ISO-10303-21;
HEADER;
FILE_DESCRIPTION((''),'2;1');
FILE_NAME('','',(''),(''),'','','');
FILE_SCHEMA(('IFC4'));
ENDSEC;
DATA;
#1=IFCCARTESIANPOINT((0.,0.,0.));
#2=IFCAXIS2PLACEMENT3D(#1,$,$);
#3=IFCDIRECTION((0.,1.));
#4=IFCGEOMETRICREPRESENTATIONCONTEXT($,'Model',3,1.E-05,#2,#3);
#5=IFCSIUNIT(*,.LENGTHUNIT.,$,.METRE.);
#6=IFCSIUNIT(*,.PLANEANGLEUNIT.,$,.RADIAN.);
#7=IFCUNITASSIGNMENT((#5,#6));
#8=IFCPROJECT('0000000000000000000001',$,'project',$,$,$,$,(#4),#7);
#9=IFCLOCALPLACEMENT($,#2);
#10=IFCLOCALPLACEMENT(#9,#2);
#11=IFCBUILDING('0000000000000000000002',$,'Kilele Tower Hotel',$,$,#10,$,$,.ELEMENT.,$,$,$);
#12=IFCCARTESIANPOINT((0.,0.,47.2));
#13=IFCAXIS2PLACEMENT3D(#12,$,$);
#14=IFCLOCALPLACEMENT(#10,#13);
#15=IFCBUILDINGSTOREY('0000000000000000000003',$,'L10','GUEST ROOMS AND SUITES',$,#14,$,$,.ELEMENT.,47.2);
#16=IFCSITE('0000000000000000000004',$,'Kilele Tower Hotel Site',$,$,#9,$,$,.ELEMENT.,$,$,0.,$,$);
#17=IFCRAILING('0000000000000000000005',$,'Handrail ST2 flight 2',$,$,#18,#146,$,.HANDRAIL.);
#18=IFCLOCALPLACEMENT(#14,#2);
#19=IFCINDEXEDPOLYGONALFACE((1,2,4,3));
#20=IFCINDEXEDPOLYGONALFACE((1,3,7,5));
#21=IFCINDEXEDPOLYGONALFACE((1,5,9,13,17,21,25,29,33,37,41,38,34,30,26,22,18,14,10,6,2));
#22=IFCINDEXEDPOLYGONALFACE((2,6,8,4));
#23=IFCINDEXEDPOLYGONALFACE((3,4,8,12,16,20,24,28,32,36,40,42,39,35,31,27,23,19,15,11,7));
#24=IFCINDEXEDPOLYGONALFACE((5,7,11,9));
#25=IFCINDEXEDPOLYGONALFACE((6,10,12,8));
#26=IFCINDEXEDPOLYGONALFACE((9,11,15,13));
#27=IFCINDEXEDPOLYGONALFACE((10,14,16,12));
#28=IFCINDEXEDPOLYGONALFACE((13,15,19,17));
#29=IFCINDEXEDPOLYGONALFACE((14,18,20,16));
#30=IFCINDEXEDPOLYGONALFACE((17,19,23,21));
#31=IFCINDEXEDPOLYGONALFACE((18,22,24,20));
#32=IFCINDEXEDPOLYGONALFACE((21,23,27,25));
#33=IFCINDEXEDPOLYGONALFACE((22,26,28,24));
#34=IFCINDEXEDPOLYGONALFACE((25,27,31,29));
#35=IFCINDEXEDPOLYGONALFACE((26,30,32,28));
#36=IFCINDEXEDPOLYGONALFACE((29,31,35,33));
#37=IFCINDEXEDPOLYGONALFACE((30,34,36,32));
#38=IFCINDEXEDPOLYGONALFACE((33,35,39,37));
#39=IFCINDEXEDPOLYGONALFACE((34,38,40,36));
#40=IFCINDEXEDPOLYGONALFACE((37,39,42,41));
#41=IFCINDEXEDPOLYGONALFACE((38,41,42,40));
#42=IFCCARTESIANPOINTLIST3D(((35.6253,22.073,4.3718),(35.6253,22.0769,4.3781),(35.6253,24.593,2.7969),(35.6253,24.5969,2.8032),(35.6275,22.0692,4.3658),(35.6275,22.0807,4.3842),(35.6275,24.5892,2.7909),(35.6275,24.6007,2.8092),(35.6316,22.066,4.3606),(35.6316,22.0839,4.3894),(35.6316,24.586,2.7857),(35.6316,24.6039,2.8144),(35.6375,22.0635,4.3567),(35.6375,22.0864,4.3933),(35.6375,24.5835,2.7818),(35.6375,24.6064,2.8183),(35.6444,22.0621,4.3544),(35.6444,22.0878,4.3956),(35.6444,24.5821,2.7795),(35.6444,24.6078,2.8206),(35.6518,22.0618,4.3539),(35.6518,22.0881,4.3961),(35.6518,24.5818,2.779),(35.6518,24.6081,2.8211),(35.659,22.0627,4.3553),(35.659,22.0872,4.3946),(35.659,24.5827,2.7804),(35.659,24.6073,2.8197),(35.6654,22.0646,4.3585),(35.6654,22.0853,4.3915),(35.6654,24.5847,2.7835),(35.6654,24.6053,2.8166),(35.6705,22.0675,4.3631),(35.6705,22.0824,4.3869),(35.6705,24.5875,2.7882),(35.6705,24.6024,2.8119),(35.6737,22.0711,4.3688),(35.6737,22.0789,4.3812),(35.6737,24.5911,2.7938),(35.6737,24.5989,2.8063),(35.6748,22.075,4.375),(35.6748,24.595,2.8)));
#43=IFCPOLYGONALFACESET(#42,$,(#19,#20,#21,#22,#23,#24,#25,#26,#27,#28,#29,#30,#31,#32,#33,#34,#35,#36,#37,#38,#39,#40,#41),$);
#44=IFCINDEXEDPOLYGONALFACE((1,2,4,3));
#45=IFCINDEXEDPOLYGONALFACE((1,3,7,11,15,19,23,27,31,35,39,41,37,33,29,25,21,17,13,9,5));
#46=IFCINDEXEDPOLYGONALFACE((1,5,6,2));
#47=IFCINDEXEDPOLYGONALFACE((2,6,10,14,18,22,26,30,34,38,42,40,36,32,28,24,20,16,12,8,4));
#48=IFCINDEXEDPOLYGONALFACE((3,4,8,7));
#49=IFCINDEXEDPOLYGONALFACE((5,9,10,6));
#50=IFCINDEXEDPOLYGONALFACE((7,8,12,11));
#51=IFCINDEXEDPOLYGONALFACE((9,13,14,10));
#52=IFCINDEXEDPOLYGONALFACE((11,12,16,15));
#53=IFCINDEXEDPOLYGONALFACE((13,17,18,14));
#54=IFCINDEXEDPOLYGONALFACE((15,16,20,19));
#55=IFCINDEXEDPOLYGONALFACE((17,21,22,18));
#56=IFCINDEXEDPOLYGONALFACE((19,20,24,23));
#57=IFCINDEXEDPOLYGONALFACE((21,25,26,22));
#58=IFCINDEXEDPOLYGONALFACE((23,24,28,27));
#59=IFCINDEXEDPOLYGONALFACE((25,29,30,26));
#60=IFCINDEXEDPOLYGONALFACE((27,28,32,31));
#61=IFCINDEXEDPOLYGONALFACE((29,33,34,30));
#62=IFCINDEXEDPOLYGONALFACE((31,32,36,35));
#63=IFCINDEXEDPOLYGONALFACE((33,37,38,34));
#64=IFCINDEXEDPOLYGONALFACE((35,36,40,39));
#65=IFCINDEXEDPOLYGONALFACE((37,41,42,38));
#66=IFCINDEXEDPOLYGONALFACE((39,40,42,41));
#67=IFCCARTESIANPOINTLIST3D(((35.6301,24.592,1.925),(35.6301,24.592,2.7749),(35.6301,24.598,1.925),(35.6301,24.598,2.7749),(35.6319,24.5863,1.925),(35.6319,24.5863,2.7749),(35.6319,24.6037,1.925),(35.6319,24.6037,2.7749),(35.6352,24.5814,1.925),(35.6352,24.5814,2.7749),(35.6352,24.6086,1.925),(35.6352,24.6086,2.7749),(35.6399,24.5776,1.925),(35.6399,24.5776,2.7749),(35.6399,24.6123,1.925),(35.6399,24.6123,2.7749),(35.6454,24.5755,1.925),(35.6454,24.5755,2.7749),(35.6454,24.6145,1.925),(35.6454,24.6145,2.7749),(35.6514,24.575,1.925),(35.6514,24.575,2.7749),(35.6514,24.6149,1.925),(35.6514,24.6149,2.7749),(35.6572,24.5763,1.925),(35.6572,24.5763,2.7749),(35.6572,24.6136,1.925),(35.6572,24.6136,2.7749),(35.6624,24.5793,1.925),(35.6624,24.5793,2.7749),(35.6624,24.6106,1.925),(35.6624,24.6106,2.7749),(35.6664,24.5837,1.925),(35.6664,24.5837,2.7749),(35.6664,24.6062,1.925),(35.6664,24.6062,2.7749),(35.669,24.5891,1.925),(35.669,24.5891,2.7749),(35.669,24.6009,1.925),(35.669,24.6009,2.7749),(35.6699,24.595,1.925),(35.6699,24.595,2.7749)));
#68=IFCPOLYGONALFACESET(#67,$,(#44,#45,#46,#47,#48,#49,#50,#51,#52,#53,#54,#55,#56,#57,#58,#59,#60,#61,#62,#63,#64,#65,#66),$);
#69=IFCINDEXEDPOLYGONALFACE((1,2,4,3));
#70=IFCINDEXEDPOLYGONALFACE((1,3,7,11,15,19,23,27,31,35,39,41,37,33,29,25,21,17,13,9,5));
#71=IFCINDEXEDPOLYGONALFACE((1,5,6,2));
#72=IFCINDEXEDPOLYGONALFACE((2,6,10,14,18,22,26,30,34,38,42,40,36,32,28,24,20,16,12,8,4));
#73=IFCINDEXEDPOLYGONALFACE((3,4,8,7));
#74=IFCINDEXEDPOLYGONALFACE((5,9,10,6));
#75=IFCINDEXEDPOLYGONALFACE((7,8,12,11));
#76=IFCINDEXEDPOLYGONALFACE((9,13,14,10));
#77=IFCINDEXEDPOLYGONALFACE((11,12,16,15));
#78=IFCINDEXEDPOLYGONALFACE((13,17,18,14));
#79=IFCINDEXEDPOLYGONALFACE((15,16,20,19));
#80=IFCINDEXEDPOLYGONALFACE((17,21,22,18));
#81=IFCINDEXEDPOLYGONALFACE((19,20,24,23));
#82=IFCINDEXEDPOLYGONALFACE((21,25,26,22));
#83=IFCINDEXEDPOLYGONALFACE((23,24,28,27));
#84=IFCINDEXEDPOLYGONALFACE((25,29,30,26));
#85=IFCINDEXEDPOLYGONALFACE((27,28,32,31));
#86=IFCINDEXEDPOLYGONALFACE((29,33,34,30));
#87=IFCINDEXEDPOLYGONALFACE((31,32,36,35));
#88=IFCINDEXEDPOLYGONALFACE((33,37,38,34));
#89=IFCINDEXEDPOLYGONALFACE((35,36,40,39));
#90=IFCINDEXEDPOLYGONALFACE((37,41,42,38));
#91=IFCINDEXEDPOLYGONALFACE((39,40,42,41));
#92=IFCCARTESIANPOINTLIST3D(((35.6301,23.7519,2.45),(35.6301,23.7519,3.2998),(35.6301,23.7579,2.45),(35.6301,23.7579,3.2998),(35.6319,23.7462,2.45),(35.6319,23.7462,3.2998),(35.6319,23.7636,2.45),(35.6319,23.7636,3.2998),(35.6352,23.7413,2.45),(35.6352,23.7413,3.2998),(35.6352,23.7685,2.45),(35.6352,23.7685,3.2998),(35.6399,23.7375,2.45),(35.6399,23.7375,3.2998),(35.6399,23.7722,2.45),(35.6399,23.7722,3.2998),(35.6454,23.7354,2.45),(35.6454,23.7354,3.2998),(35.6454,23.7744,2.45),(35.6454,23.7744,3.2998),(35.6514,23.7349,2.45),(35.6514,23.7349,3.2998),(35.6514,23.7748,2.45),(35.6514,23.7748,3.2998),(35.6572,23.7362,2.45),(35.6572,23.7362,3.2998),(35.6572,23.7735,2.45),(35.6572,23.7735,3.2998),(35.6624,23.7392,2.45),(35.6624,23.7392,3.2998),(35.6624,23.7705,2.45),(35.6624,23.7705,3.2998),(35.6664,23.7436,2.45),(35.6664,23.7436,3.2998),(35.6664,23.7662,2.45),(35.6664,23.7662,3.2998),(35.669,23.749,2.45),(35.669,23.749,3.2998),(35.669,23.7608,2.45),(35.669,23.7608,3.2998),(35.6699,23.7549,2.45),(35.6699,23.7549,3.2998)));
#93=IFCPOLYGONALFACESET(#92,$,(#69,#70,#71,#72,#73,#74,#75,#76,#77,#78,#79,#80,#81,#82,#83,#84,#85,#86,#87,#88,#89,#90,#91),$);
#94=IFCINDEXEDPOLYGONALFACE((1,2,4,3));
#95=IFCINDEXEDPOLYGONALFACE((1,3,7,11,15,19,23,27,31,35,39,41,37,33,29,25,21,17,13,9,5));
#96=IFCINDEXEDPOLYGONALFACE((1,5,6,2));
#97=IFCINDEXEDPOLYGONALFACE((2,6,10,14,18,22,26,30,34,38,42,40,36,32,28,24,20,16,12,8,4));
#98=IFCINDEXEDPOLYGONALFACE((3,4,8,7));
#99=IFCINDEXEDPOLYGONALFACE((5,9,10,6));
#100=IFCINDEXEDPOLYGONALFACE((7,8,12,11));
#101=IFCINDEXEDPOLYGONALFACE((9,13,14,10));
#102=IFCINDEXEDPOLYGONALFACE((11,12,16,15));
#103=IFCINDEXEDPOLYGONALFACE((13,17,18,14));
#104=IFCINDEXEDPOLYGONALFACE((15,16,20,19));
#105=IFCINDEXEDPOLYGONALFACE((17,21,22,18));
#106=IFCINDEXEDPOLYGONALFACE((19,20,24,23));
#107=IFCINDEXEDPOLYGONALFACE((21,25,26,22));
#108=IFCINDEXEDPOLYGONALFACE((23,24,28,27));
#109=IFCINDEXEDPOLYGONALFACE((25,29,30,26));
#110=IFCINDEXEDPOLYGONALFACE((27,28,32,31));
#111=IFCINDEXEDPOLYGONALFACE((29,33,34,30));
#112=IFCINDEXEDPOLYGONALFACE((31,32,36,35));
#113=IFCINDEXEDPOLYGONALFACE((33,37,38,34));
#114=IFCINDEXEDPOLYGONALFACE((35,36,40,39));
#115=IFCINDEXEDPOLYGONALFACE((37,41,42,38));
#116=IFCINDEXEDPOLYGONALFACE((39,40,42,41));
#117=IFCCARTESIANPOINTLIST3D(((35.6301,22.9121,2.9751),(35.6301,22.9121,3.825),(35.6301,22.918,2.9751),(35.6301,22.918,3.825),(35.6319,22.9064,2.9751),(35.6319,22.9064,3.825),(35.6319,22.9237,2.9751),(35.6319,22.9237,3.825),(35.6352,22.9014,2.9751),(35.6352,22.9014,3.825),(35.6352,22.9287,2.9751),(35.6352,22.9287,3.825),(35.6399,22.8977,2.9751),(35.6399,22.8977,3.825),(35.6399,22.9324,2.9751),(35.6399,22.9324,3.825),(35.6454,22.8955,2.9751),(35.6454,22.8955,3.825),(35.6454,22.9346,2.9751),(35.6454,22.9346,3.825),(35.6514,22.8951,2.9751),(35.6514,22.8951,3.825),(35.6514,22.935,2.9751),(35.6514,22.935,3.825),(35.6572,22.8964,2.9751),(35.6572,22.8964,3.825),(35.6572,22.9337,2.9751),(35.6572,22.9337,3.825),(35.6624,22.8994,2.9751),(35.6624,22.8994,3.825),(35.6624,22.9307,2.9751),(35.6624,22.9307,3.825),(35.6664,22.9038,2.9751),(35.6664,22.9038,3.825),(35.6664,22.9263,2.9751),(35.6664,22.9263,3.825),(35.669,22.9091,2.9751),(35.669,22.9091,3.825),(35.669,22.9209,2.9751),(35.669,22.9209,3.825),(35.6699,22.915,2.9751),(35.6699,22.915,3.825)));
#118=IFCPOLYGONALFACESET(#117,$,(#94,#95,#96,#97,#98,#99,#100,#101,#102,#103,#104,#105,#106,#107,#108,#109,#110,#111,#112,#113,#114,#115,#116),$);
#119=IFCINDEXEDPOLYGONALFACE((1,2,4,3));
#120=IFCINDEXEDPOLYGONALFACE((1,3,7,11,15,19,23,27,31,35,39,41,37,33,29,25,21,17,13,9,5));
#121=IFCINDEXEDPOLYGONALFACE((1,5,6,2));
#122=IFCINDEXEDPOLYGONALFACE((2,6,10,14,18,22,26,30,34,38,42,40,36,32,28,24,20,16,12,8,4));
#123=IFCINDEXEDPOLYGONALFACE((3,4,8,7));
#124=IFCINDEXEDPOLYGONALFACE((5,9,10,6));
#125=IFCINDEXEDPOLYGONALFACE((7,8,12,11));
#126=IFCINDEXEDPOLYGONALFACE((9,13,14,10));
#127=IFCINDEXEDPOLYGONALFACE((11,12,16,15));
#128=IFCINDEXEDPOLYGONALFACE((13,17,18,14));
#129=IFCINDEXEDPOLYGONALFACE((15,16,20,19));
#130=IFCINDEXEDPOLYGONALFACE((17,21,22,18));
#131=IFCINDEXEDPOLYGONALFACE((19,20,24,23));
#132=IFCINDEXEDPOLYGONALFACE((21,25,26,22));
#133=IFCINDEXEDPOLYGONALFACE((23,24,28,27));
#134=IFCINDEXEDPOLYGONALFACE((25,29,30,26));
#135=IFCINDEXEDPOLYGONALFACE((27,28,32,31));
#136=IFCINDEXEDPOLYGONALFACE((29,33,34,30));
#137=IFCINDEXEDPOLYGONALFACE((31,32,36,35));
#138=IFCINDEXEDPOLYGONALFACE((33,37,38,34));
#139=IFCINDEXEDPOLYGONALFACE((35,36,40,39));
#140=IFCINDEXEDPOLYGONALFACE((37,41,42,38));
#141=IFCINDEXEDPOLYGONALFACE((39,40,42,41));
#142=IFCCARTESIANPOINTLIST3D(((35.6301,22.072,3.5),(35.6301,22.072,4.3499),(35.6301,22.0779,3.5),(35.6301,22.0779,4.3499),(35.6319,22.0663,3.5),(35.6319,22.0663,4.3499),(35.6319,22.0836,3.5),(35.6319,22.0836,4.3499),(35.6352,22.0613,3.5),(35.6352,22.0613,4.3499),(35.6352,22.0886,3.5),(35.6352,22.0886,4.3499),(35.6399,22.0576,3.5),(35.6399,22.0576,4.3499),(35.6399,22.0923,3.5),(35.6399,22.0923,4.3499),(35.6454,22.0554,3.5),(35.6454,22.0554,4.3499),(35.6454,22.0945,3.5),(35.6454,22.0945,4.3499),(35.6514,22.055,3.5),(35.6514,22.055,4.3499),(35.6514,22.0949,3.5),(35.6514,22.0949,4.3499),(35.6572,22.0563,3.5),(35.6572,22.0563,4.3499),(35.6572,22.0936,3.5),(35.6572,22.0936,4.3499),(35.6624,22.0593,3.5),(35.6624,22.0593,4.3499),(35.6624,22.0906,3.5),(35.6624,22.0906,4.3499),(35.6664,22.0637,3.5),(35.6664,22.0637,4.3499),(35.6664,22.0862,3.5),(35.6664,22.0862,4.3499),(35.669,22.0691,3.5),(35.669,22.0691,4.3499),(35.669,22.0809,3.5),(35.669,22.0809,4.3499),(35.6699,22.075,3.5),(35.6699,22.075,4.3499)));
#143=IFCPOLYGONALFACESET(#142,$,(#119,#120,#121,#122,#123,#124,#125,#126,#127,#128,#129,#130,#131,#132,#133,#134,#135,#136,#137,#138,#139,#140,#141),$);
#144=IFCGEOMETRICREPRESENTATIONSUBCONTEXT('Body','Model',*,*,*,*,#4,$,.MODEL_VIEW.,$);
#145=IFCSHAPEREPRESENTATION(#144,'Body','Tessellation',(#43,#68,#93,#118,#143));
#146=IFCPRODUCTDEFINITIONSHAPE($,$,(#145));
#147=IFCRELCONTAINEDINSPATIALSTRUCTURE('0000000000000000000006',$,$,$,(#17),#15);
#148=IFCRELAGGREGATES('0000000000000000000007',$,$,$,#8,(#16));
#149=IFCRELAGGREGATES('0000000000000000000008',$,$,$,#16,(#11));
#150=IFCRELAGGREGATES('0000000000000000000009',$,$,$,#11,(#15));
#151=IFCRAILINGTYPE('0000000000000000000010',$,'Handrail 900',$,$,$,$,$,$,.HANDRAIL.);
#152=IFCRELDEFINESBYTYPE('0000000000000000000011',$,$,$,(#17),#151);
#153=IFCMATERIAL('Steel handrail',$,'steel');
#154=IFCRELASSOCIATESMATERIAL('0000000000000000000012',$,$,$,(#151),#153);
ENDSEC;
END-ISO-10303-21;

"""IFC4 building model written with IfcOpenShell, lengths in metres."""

from ifc_helpers import new_model, si_unit, direction, frame, origin, origin_2d, place, context, subcontext, project, spatial, circle, extrude, material, type_object, element, save


model = new_model("IFC4")

# Units and contexts
model_context = context("Model", 3, precision=1e-05, world=origin(), true_north=direction((0.0, 1.0)))
body_context = subcontext(model_context, "Body", "Model", "MODEL_VIEW")
ifc_project = project(units=[si_unit("LENGTHUNIT", "METRE"), si_unit("PLANEANGLEUNIT", "RADIAN")], contexts=[model_context])

# Site, building, storey
site_placement = place(None, origin())
site = spatial("IfcSite", under=ifc_project, at=site_placement, Name="Kilele Tower Hotel Site", CompositionType="ELEMENT", RefElevation=0.0)
building_placement = place(site_placement, origin())
building = spatial("IfcBuilding", under=site, at=building_placement, Name="Kilele Tower Hotel", CompositionType="ELEMENT")
storey_placement = place(building_placement, frame((0.0, 0.0, 47.2)))
storey = spatial("IfcBuildingStorey", under=building, at=storey_placement, Name="L10", Description="GUEST ROOMS AND SUITES", CompositionType="ELEMENT", Elevation=47.2)

# Railing
ifc_material_1 = material(Name="Steel handrail", Category="steel")
railing_type_1 = type_object("IfcRailingType", Name="Handrail 900", PredefinedType="HANDRAIL", material=ifc_material_1)
for number, where, name in (
    (1, (35.6499, 24.595, 1.925), "Handrail ST2 flight 2"),
):
    element("IfcRailing", number, at=place(storey_placement, frame(where)), inside=storey, type_object=railing_type_1, Name=name, PredefinedType="HANDRAIL", context=body_context, shape_type="SweptSolid", body=[
        extrude(circle(Radius=0.0249, at=origin_2d()), frame((0.0, 0.0, 0.875), z_axis=(0.0, -0.848008, 0.529984), x_axis=(1.0, 0.0, 0.0)), (0.0, 0.0, 1.0), 2.9717),
        extrude(circle(Radius=0.02, at=origin_2d()), origin(), (0.0, 0.0, 1.0), 0.8499),
        extrude(circle(Radius=0.02, at=origin_2d()), frame((0.0, -0.8401, 0.5249)), (0.0, 0.0, 1.0), 0.8499),
        extrude(circle(Radius=0.02, at=origin_2d()), frame((0.0, -1.6799, 1.05)), (0.0, 0.0, 1.0), 0.8499),
        extrude(circle(Radius=0.02, at=origin_2d()), frame((0.0, -2.52, 1.575)), (0.0, 0.0, 1.0), 0.8499),
    ])

save(model, "model.ifc")
